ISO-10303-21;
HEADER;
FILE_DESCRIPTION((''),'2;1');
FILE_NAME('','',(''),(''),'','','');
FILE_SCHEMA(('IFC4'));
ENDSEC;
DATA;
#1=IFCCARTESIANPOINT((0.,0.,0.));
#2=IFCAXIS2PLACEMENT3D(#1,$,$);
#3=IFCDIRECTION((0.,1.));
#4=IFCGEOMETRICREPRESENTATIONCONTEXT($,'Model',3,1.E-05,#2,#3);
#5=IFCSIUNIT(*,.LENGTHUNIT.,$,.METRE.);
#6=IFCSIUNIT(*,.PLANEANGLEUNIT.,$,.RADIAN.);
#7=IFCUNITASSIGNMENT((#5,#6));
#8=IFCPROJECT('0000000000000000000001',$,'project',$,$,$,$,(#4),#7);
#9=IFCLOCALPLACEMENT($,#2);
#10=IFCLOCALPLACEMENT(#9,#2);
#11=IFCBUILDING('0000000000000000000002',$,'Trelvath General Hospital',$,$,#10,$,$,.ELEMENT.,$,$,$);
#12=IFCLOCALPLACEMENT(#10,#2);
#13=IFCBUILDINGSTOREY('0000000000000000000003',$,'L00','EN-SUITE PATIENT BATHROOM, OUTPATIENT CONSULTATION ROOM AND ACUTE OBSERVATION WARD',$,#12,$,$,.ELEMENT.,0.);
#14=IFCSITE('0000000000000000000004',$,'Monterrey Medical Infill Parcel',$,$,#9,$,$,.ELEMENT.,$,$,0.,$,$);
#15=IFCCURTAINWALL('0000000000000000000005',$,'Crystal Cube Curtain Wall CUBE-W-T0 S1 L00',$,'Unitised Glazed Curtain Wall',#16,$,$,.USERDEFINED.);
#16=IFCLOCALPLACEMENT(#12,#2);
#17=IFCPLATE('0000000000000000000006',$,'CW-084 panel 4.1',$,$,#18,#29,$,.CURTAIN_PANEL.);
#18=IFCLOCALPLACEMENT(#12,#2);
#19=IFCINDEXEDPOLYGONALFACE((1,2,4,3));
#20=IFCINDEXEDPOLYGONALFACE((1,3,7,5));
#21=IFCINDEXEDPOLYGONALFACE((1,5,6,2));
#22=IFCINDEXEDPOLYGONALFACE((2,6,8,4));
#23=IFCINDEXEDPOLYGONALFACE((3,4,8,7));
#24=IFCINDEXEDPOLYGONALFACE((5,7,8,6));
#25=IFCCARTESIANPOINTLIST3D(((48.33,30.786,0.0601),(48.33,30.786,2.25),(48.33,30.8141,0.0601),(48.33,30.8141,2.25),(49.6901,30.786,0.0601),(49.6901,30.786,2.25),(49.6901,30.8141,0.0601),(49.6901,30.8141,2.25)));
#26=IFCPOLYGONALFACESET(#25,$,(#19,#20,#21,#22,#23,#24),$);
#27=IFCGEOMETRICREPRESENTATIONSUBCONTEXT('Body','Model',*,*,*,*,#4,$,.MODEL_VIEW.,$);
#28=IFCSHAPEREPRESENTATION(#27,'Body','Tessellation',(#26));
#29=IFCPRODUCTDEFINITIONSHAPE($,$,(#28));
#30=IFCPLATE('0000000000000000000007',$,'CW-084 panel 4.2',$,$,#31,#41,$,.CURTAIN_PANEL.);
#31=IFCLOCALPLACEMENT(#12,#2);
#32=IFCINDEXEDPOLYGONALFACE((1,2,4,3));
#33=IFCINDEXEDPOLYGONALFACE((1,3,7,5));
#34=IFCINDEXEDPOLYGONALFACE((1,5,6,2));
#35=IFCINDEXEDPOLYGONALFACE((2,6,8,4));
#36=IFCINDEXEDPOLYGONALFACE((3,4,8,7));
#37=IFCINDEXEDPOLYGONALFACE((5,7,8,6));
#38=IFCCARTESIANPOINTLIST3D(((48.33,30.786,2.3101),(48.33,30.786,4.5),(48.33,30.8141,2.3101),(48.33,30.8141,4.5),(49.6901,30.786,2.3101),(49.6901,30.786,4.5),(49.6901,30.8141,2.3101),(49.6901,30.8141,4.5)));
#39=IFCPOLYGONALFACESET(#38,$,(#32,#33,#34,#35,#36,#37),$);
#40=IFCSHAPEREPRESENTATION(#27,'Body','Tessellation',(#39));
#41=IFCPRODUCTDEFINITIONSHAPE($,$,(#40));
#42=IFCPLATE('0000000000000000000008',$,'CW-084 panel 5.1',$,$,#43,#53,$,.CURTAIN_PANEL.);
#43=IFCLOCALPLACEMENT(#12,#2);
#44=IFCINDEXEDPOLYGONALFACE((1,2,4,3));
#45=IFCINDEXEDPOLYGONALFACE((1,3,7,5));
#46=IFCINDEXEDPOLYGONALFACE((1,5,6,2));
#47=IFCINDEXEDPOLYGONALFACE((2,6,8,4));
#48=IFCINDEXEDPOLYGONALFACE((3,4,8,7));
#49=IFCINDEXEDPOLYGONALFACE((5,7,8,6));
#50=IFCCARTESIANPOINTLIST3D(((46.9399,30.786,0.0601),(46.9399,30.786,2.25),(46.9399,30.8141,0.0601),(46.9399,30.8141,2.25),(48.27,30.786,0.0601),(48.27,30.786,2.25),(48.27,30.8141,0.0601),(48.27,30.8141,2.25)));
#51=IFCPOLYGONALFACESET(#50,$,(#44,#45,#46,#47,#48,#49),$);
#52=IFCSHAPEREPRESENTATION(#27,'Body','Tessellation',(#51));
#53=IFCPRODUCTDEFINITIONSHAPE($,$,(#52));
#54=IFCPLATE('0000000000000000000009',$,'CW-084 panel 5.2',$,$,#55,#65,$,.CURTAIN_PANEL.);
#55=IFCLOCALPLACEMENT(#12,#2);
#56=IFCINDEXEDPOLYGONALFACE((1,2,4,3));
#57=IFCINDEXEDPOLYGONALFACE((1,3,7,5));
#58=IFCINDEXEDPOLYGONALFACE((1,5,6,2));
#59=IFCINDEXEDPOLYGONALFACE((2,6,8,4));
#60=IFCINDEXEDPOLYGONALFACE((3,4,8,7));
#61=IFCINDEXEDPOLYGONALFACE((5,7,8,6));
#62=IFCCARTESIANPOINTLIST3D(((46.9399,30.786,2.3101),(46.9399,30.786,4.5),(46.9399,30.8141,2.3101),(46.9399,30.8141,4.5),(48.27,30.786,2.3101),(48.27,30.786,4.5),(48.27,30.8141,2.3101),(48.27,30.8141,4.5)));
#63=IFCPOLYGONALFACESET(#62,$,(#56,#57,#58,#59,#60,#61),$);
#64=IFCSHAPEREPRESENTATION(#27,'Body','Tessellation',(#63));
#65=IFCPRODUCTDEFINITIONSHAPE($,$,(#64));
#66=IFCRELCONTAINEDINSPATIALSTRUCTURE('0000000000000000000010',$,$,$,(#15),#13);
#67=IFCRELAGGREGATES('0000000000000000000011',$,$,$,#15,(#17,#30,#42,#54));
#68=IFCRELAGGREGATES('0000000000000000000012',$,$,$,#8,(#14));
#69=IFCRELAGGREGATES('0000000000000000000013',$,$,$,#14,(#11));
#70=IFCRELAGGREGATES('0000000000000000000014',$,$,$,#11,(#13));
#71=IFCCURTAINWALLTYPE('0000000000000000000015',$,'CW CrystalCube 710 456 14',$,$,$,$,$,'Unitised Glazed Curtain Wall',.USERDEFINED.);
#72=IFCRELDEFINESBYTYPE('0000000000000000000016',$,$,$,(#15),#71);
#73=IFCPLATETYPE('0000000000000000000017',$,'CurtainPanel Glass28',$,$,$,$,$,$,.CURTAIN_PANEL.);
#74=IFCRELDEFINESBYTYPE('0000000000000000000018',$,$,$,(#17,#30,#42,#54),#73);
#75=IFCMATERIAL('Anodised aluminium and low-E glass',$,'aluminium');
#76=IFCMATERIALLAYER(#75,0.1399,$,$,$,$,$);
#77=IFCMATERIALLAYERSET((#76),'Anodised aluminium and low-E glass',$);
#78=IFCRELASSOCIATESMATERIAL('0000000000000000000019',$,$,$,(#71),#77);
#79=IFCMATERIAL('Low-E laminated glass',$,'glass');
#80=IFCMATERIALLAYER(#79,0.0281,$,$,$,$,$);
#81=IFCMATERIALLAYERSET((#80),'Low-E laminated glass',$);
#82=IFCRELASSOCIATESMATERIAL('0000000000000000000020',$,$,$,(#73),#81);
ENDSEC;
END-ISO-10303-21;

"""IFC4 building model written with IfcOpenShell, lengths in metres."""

from ifc_helpers import new_model, si_unit, direction, frame, origin, origin_2d, place, context, subcontext, project, spatial, rectangle, extrude, material, layer, layer_set, type_object, element, aggregate, save


model = new_model("IFC4")

# Units and contexts
model_context = context("Model", 3, precision=1e-05, world=origin(), true_north=direction((0.0, 1.0)))
body_context = subcontext(model_context, "Body", "Model", "MODEL_VIEW")
ifc_project = project(units=[si_unit("LENGTHUNIT", "METRE"), si_unit("PLANEANGLEUNIT", "RADIAN")], contexts=[model_context])

# Site, building, storey
site_placement = place(None, origin())
site = spatial("IfcSite", under=ifc_project, at=site_placement, Name="Monterrey Medical Infill Parcel", CompositionType="ELEMENT", RefElevation=0.0)
building_placement = place(site_placement, origin())
building = spatial("IfcBuilding", under=site, at=building_placement, Name="Trelvath General Hospital", CompositionType="ELEMENT")
storey_placement = place(building_placement, origin())
storey = spatial("IfcBuildingStorey", under=building, at=storey_placement, Name="L00", Description="EN-SUITE PATIENT BATHROOM, OUTPATIENT CONSULTATION ROOM AND ACUTE OBSERVATION WARD", CompositionType="ELEMENT", Elevation=0.0)

# Curtain wall, plates
ifc_material_1 = material(Name="Anodised aluminium and low-E glass", Category="aluminium")
ifc_layer_1 = layer(ifc_material_1, 0.1399)
ifc_layer_set_1 = layer_set([ifc_layer_1], Name="Anodised aluminium and low-E glass")
curtain_wall_type = type_object("IfcCurtainWallType", Name="CW CrystalCube 710 456 14", ElementType="Unitised Glazed Curtain Wall", PredefinedType="USERDEFINED", material=ifc_layer_set_1)
curtain_wall_placement = place(storey_placement, origin())
curtain_wall = element("IfcCurtainWall", 1, at=curtain_wall_placement, inside=storey, type_object=curtain_wall_type, Name="Crystal Cube Curtain Wall CUBE-W-T0 S1 L00", ObjectType="Unitised Glazed Curtain Wall", PredefinedType="USERDEFINED")
ifc_material_2 = material(Name="Low-E laminated glass", Category="glass")
ifc_layer_2 = layer(ifc_material_2, 0.0281)
ifc_layer_set_2 = layer_set([ifc_layer_2], Name="Low-E laminated glass")
plate_type = type_object("IfcPlateType", Name="CurtainPanel Glass28", PredefinedType="CURTAIN_PANEL", material=ifc_layer_set_2)
plate_1_placement = place(storey_placement, frame((49.01, 30.8, 0.0601), z_axis=(0.0, 0.0, 1.0), x_axis=(-1.0, 0.0, 0.0)))
plate_1 = element("IfcPlate", 2, at=plate_1_placement, type_object=plate_type, Name="CW-084 panel 4.1", PredefinedType="CURTAIN_PANEL", context=body_context, shape_type="SweptSolid", body=[
    extrude(rectangle(XDim=1.3601, YDim=0.0281, at=origin_2d()), origin(), (0.0, 0.0, 1.0), 2.1899),
])
plate_2_placement = place(storey_placement, frame((49.01, 30.8, 2.3101), z_axis=(0.0, 0.0, 1.0), x_axis=(-1.0, 0.0, 0.0)))
plate_2 = element("IfcPlate", 3, at=plate_2_placement, type_object=plate_type, Name="CW-084 panel 4.2", PredefinedType="CURTAIN_PANEL", context=body_context, shape_type="SweptSolid", body=[
    extrude(rectangle(XDim=1.3601, YDim=0.0281, at=origin_2d()), origin(), (0.0, 0.0, 1.0), 2.1899),
])
plate_3_placement = place(storey_placement, frame((47.605, 30.8, 0.0601), z_axis=(0.0, 0.0, 1.0), x_axis=(-1.0, 0.0, 0.0)))
plate_3 = element("IfcPlate", 4, at=plate_3_placement, type_object=plate_type, Name="CW-084 panel 5.1", PredefinedType="CURTAIN_PANEL", context=body_context, shape_type="SweptSolid", body=[
    extrude(rectangle(XDim=1.3301, YDim=0.0281, at=origin_2d()), origin(), (0.0, 0.0, 1.0), 2.1899),
])
plate_4_placement = place(storey_placement, frame((47.605, 30.8, 2.3101), z_axis=(0.0, 0.0, 1.0), x_axis=(-1.0, 0.0, 0.0)))
plate_4 = element("IfcPlate", 5, at=plate_4_placement, type_object=plate_type, Name="CW-084 panel 5.2", PredefinedType="CURTAIN_PANEL", context=body_context, shape_type="SweptSolid", body=[
    extrude(rectangle(XDim=1.3301, YDim=0.0281, at=origin_2d()), origin(), (0.0, 0.0, 1.0), 2.1899),
])
aggregate(curtain_wall, [plate_1, plate_2, plate_3, plate_4])

save(model, "model.ifc")
